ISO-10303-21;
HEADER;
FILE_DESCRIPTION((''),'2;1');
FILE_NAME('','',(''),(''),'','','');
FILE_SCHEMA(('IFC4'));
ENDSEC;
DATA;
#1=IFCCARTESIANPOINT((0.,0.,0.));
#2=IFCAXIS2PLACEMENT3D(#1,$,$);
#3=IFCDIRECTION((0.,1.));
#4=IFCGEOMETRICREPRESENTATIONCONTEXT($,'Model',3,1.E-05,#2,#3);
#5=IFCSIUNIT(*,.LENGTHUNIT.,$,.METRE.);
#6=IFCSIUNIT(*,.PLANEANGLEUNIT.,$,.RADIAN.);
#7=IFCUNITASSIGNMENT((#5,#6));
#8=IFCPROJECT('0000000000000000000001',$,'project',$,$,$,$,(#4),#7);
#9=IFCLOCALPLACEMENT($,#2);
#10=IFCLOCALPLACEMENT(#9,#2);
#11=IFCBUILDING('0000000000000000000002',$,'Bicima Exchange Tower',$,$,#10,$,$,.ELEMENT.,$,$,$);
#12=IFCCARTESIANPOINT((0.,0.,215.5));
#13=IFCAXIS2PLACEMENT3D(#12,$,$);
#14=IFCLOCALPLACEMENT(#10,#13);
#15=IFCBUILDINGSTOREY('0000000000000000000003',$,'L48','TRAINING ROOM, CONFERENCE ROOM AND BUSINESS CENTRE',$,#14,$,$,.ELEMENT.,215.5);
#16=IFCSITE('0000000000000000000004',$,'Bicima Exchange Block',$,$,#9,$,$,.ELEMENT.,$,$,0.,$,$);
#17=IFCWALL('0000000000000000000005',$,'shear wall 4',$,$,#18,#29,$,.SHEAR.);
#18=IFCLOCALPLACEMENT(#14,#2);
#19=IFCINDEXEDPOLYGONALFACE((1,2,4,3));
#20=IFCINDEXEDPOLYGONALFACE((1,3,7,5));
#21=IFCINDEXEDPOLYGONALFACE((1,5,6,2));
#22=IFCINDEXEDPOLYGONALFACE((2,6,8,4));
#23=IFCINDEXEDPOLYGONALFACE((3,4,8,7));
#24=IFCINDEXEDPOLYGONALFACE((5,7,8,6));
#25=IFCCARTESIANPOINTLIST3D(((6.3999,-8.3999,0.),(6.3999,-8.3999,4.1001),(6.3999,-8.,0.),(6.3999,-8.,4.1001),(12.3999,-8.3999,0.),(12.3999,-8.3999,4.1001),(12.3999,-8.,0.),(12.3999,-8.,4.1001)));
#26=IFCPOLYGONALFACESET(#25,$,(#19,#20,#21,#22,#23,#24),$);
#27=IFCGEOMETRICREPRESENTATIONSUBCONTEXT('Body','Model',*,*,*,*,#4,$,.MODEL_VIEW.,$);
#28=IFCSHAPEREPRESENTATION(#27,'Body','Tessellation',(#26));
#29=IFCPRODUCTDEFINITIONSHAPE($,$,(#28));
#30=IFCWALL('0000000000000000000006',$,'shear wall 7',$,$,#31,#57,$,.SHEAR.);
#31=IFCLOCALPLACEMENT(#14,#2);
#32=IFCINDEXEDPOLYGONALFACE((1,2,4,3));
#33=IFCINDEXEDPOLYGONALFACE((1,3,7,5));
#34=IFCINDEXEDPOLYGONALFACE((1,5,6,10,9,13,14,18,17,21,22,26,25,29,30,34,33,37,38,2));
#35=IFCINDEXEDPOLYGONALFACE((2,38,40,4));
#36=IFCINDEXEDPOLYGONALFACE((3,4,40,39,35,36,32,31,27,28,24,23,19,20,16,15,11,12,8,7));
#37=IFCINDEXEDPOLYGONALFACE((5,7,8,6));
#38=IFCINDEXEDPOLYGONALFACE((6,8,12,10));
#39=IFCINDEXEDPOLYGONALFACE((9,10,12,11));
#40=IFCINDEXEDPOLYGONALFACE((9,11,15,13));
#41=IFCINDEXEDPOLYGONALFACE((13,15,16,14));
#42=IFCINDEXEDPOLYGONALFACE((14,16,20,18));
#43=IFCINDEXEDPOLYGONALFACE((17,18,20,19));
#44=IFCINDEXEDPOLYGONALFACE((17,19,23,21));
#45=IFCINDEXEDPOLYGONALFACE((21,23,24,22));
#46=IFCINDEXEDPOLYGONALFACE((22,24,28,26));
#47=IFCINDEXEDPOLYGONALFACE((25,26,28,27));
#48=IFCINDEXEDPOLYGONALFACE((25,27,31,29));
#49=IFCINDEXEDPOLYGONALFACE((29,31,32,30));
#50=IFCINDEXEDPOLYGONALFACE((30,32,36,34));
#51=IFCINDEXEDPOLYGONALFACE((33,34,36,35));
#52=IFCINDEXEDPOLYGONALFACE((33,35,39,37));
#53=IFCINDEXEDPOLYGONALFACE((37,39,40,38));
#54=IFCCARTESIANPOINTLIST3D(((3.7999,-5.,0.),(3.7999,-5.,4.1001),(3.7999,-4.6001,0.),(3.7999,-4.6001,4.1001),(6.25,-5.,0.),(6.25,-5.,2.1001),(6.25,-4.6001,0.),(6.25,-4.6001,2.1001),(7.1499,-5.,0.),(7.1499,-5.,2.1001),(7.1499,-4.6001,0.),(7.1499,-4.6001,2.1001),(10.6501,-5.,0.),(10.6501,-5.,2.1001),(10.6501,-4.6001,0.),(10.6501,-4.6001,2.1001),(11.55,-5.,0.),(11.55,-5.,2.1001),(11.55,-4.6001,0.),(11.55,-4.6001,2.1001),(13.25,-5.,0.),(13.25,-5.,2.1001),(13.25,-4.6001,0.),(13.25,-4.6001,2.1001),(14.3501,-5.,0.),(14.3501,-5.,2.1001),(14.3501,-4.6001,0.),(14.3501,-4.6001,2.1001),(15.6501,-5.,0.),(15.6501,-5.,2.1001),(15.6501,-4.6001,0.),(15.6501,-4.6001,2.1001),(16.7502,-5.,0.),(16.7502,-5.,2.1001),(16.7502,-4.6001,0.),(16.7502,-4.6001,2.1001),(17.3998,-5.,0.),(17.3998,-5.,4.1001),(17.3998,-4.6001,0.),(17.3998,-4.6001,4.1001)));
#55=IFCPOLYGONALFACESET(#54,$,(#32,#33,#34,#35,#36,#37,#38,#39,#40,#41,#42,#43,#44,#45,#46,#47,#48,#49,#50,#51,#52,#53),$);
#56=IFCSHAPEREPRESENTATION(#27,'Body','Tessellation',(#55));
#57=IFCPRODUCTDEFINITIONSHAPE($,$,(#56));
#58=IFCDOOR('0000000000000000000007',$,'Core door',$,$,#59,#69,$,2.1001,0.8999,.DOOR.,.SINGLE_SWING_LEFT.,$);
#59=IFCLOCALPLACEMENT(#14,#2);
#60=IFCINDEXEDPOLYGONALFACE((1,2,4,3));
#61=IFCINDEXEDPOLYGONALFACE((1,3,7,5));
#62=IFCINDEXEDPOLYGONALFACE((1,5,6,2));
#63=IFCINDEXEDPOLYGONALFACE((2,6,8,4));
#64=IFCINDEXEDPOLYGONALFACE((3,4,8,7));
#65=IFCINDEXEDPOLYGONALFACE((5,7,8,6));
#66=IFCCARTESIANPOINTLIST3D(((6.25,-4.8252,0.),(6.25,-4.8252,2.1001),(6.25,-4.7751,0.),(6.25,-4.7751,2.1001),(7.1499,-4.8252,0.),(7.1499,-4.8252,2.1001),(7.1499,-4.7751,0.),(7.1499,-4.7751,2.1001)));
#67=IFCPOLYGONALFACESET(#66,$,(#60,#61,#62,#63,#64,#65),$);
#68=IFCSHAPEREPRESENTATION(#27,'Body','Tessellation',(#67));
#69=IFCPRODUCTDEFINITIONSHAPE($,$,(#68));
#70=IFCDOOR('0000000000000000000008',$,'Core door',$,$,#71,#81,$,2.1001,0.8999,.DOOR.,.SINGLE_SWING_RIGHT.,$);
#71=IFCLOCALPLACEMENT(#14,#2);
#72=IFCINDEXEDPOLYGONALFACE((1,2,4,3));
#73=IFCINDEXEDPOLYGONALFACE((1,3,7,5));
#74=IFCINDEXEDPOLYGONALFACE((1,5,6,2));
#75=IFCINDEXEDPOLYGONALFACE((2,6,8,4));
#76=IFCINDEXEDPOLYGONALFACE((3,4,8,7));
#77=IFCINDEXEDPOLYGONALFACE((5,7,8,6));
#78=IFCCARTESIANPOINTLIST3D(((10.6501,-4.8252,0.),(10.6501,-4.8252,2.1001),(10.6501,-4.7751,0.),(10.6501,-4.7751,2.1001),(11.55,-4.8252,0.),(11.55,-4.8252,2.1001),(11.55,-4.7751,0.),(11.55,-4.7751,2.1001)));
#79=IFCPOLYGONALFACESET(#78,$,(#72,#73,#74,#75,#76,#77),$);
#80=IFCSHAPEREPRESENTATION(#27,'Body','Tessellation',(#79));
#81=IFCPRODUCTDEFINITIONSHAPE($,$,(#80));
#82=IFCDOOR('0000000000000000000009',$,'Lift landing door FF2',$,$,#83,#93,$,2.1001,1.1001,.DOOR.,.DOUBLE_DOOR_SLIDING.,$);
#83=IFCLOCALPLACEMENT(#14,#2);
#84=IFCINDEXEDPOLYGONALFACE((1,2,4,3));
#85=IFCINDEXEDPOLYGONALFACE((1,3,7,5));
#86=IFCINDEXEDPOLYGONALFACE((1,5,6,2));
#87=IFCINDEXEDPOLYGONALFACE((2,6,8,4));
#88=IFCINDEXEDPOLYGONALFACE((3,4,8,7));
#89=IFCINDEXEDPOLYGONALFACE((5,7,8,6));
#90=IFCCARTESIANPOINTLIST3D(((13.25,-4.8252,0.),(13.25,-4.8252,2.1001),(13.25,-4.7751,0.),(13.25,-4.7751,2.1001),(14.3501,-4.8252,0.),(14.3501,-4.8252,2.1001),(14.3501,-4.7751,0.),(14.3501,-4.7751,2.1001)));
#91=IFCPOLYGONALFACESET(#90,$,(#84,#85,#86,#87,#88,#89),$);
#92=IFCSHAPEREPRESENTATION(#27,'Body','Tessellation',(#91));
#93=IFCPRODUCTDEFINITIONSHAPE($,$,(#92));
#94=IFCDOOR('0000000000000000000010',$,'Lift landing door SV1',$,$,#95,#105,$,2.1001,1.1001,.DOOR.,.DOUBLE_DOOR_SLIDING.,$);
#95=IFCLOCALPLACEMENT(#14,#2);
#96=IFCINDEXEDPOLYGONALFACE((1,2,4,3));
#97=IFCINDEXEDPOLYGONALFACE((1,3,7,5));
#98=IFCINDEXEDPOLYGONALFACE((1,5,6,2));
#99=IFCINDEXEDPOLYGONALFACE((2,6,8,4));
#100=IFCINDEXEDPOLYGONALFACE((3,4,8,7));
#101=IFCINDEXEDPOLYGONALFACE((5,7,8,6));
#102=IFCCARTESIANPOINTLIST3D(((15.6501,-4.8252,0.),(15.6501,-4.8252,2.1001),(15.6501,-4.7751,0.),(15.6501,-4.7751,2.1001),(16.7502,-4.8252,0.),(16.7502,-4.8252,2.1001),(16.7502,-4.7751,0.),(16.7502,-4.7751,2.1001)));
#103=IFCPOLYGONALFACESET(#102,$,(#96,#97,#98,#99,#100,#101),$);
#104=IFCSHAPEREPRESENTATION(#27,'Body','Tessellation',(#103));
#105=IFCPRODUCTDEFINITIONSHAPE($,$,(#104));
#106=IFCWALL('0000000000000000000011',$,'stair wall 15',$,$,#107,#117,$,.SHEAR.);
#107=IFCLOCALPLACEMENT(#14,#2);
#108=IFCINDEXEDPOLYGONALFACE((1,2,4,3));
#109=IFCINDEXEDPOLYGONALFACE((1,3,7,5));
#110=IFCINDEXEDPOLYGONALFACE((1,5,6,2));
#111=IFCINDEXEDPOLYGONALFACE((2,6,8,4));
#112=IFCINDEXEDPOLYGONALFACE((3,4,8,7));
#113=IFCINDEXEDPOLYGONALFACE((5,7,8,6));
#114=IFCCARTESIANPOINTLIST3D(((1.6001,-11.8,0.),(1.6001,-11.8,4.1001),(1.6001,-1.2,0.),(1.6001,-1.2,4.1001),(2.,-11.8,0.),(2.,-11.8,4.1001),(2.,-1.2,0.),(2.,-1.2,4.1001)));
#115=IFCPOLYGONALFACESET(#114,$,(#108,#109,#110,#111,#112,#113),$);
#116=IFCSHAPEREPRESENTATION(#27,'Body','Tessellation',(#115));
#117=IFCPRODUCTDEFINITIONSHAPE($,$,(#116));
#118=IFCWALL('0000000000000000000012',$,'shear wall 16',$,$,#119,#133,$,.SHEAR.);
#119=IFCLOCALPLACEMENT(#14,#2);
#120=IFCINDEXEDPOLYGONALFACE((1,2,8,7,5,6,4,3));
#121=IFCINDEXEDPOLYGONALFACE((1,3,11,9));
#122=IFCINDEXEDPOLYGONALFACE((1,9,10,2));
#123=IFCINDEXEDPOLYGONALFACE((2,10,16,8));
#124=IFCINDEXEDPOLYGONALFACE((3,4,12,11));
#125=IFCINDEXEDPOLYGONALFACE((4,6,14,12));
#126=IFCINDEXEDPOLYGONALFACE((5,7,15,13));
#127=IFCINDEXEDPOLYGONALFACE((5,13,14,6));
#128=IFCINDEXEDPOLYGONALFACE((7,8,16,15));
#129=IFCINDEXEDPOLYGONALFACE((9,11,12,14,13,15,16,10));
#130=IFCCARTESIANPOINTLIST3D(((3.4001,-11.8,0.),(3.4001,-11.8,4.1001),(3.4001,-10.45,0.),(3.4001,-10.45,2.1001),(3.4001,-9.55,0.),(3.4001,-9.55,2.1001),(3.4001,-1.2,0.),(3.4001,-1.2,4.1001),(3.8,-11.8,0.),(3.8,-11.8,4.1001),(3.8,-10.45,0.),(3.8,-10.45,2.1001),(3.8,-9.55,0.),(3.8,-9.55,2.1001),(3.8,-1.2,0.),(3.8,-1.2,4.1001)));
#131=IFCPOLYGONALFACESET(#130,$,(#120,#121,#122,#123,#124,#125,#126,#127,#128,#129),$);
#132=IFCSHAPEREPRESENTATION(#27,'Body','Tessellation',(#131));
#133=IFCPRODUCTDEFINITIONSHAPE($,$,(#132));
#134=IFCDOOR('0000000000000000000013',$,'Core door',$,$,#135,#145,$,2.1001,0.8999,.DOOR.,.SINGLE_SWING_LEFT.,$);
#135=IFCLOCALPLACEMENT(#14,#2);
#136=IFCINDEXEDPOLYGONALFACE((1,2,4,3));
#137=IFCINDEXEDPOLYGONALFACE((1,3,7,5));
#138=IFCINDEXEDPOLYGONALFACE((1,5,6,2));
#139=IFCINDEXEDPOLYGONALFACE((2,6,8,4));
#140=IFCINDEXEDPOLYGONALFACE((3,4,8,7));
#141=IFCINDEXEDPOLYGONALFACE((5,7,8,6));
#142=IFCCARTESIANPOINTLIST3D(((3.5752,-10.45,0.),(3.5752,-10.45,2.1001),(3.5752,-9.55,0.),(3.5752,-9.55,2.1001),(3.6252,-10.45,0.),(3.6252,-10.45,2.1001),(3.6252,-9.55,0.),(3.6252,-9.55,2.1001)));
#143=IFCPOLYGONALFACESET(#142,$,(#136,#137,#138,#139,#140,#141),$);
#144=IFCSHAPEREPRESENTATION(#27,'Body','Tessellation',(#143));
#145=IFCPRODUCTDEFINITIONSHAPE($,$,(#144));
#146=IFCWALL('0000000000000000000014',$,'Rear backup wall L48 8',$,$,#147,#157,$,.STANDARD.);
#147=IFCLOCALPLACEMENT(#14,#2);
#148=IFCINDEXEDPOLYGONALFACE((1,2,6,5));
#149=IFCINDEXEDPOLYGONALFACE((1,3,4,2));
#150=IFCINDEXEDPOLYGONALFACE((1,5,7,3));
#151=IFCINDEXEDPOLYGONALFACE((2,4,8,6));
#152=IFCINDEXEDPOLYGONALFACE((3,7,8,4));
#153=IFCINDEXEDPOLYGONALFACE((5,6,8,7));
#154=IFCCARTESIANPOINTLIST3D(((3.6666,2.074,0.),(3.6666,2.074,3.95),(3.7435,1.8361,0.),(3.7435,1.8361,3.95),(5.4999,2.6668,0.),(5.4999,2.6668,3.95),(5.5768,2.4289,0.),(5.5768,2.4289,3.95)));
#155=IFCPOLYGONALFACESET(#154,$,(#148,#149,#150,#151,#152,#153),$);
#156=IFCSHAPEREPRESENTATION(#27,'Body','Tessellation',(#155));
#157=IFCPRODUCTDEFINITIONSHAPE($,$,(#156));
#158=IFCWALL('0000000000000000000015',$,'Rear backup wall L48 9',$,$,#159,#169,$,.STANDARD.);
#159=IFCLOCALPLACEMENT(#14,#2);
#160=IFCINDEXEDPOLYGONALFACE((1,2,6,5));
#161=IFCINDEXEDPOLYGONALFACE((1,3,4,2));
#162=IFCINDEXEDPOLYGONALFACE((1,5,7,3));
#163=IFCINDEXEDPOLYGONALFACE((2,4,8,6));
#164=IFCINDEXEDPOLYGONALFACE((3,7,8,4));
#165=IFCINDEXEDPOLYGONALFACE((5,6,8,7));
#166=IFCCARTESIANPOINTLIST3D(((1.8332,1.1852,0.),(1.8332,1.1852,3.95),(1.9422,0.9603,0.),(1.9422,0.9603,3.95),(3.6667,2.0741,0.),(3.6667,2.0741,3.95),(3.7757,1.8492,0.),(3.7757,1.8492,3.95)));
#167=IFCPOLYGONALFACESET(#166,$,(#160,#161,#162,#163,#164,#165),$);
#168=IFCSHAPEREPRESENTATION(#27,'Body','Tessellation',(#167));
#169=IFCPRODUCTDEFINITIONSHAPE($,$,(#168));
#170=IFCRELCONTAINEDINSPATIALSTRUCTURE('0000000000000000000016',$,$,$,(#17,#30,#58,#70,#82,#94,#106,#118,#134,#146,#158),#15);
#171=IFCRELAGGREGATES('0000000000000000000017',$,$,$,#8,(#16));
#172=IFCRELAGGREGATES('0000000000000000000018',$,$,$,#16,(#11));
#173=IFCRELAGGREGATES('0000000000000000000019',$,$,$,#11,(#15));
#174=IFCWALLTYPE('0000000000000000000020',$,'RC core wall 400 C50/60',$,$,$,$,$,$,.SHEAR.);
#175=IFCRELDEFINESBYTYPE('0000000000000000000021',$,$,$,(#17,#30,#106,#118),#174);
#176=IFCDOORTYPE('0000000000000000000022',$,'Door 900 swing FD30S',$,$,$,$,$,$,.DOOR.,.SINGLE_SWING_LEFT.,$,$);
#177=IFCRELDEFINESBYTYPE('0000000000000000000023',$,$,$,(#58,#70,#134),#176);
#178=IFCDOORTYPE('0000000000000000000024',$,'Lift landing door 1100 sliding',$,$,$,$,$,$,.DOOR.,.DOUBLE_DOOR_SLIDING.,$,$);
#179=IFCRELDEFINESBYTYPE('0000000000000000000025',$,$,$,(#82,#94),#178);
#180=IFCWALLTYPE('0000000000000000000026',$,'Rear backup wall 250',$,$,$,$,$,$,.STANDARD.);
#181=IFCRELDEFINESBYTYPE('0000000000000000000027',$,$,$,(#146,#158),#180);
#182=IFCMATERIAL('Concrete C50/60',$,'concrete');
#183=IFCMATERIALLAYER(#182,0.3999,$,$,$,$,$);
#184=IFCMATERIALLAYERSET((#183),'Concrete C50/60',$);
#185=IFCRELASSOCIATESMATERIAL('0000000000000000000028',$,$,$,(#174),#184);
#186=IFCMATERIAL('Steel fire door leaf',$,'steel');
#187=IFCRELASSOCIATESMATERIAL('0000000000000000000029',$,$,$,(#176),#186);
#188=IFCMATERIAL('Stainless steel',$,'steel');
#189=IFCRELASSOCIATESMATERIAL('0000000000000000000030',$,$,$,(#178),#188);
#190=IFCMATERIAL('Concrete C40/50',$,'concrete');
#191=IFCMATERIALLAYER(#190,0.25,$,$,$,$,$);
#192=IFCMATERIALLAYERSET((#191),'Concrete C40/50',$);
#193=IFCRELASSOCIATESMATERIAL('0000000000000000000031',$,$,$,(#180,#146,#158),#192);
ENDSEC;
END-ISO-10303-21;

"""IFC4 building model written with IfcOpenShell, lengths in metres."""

from ifc_helpers import new_model, si_unit, direction, frame, frame_2d, origin, place, context, subcontext, project, spatial, rectangle, extrude, material, layer, layer_set, layer_usage, type_object, element, fill, save


model = new_model("IFC4")

# Units and contexts
model_context = context("Model", 3, precision=1e-05, world=origin(), true_north=direction((0.0, 1.0)))
body_context = subcontext(model_context, "Body", "Model", "MODEL_VIEW")
ifc_project = project(units=[si_unit("LENGTHUNIT", "METRE"), si_unit("PLANEANGLEUNIT", "RADIAN")], contexts=[model_context])

# Site, building, storey
site_placement = place(None, origin())
site = spatial("IfcSite", under=ifc_project, at=site_placement, Name="Bicima Exchange Block", CompositionType="ELEMENT", RefElevation=0.0)
building_placement = place(site_placement, origin())
building = spatial("IfcBuilding", under=site, at=building_placement, Name="Bicima Exchange Tower", CompositionType="ELEMENT")
storey_placement = place(building_placement, frame((0.0, 0.0, 215.5)))
storey = spatial("IfcBuildingStorey", under=building, at=storey_placement, Name="L48", Description="TRAINING ROOM, CONFERENCE ROOM AND BUSINESS CENTRE", CompositionType="ELEMENT", Elevation=215.5)

# Shared definitions
ifc_material_1 = material(Name="Concrete C40/50", Category="concrete")

# Shared definitions
ifc_material_2 = material(Name="Concrete C50/60", Category="concrete")

# Wall
ifc_layer_1 = layer(ifc_material_2, 0.3999)
ifc_layer_set_1 = layer_set([ifc_layer_1], Name="Concrete C50/60")
wall_type_1 = type_object("IfcWallType", Name="RC core wall 400 C50/60", PredefinedType="SHEAR", material=ifc_layer_set_1)
wall_1_placement = place(storey_placement, frame((6.3999, -8.2, 0.0), z_axis=(0.0, 0.0, 1.0), x_axis=(1.0, 0.0, 0.0)))
element("IfcWall", 1, at=wall_1_placement, inside=storey, type_object=wall_type_1, Name="shear wall 4", PredefinedType="SHEAR", context=body_context, shape_type="SweptSolid", body=[
    extrude(rectangle(XDim=6.0, YDim=0.3999, at=frame_2d((3.0, 0.0))), origin(), (0.0, 0.0, 1.0), 4.1001),
])

# Wall, openings, doors
wall_2_placement = place(storey_placement, frame((3.8, -4.8, 0.0), z_axis=(0.0, 0.0, 1.0), x_axis=(1.0, 0.0, 0.0)))
wall_2 = element("IfcWall", 2, at=wall_2_placement, inside=storey, type_object=wall_type_1, Name="shear wall 7", PredefinedType="SHEAR", context=body_context, shape_type="SweptSolid", body=[
    extrude(rectangle(XDim=13.5999, YDim=0.3999, at=frame_2d((6.7998, 0.0))), origin(), (0.0, 0.0, 1.0), 4.1001),
])
opening_1_placement = place(wall_2_placement, frame((9.45, 0.0, 0.0)))
opening_1 = element("IfcOpeningElement", 3, at=opening_1_placement, cuts=wall_2, PredefinedType="OPENING", context=body_context, shape_type="SweptSolid", body=[
    extrude(rectangle(XDim=1.1001, YDim=2.1001, at=frame_2d((0.55, 1.05))), frame((0.0, 0.2119, 0.0), z_axis=(0.0, -1.0, 0.0), x_axis=(1.0, 0.0, 0.0)), (0.0, 0.0, 1.0), 0.4238),
])
opening_2_placement = place(wall_2_placement, frame((11.8501, 0.0, 0.0)))
opening_2 = element("IfcOpeningElement", 4, at=opening_2_placement, cuts=wall_2, PredefinedType="OPENING", context=body_context, shape_type="SweptSolid", body=[
    extrude(rectangle(XDim=1.1001, YDim=2.1001, at=frame_2d((0.55, 1.05))), frame((0.0, 0.2119, 0.0), z_axis=(0.0, -1.0, 0.0), x_axis=(1.0, 0.0, 0.0)), (0.0, 0.0, 1.0), 0.4238),
])
opening_3_placement = place(wall_2_placement, frame((2.45, 0.0, 0.0)))
opening_3 = element("IfcOpeningElement", 5, at=opening_3_placement, cuts=wall_2, PredefinedType="OPENING", context=body_context, shape_type="SweptSolid", body=[
    extrude(rectangle(XDim=0.8999, YDim=2.1001, at=frame_2d((0.45, 1.05))), frame((0.0, 0.2119, 0.0), z_axis=(0.0, -1.0, 0.0), x_axis=(1.0, 0.0, 0.0)), (0.0, 0.0, 1.0), 0.4238),
])
opening_4_placement = place(wall_2_placement, frame((6.8501, 0.0, 0.0)))
opening_4 = element("IfcOpeningElement", 6, at=opening_4_placement, cuts=wall_2, PredefinedType="OPENING", context=body_context, shape_type="SweptSolid", body=[
    extrude(rectangle(XDim=0.8999, YDim=2.1001, at=frame_2d((0.45, 1.05))), frame((0.0, 0.2119, 0.0), z_axis=(0.0, -1.0, 0.0), x_axis=(1.0, 0.0, 0.0)), (0.0, 0.0, 1.0), 0.4238),
])
ifc_material_3 = material(Name="Steel fire door leaf", Category="steel")
door_type_1 = type_object("IfcDoorType", Name="Door 900 swing FD30S", OperationType="SINGLE_SWING_LEFT", PredefinedType="DOOR", material=ifc_material_3)
door_1_placement = place(opening_3_placement, origin())
door_1 = element("IfcDoor", 7, at=door_1_placement, inside=storey, type_object=door_type_1, Name="Core door", OperationType="SINGLE_SWING_LEFT", OverallHeight=2.1001, OverallWidth=0.8999, PredefinedType="DOOR", context=body_context, shape_type="SweptSolid", body=[
    extrude(rectangle(XDim=0.8999, YDim=2.1001, at=frame_2d((0.45, 1.05))), frame((0.0, 0.0249, 0.0), z_axis=(0.0, -1.0, 0.0), x_axis=(1.0, 0.0, 0.0)), (0.0, 0.0, 1.0), 0.05),
])
fill(opening_3, door_1)
door_2_placement = place(opening_4_placement, origin())
door_2 = element("IfcDoor", 8, at=door_2_placement, inside=storey, type_object=door_type_1, Name="Core door", OperationType="SINGLE_SWING_RIGHT", OverallHeight=2.1001, OverallWidth=0.8999, PredefinedType="DOOR", context=body_context, shape_type="SweptSolid", body=[
    extrude(rectangle(XDim=0.8999, YDim=2.1001, at=frame_2d((0.45, 1.05))), frame((0.0, 0.0249, 0.0), z_axis=(0.0, -1.0, 0.0), x_axis=(1.0, 0.0, 0.0)), (0.0, 0.0, 1.0), 0.05),
])
fill(opening_4, door_2)
ifc_material_4 = material(Name="Stainless steel", Category="steel")
door_type_2 = type_object("IfcDoorType", Name="Lift landing door 1100 sliding", OperationType="DOUBLE_DOOR_SLIDING", PredefinedType="DOOR", material=ifc_material_4)
door_3_placement = place(opening_1_placement, origin())
door_3 = element("IfcDoor", 9, at=door_3_placement, inside=storey, type_object=door_type_2, Name="Lift landing door FF2", OperationType="DOUBLE_DOOR_SLIDING", OverallHeight=2.1001, OverallWidth=1.1001, PredefinedType="DOOR", context=body_context, shape_type="SweptSolid", body=[
    extrude(rectangle(XDim=1.1001, YDim=2.1001, at=frame_2d((0.55, 1.05))), frame((0.0, 0.0249, 0.0), z_axis=(0.0, -1.0, 0.0), x_axis=(1.0, 0.0, 0.0)), (0.0, 0.0, 1.0), 0.05),
])
fill(opening_1, door_3)
door_4_placement = place(opening_2_placement, origin())
door_4 = element("IfcDoor", 10, at=door_4_placement, inside=storey, type_object=door_type_2, Name="Lift landing door SV1", OperationType="DOUBLE_DOOR_SLIDING", OverallHeight=2.1001, OverallWidth=1.1001, PredefinedType="DOOR", context=body_context, shape_type="SweptSolid", body=[
    extrude(rectangle(XDim=1.1001, YDim=2.1001, at=frame_2d((0.55, 1.05))), frame((0.0, 0.0249, 0.0), z_axis=(0.0, -1.0, 0.0), x_axis=(1.0, 0.0, 0.0)), (0.0, 0.0, 1.0), 0.05),
])
fill(opening_2, door_4)

# Wall
wall_3_placement = place(storey_placement, frame((1.8, -11.8, 0.0), z_axis=(0.0, 0.0, 1.0), x_axis=(0.0, 1.0, 0.0)))
element("IfcWall", 11, at=wall_3_placement, inside=storey, type_object=wall_type_1, Name="stair wall 15", PredefinedType="SHEAR", context=body_context, shape_type="SweptSolid", body=[
    extrude(rectangle(XDim=10.6001, YDim=0.3999, at=frame_2d((5.3, 0.0))), origin(), (0.0, 0.0, 1.0), 4.1001),
])

# Wall, opening, door
wall_4_placement = place(storey_placement, frame((3.6001, -11.8, 0.0), z_axis=(0.0, 0.0, 1.0), x_axis=(0.0, 1.0, 0.0)))
wall_4 = element("IfcWall", 12, at=wall_4_placement, inside=storey, type_object=wall_type_1, Name="shear wall 16", PredefinedType="SHEAR", context=body_context, shape_type="SweptSolid", body=[
    extrude(rectangle(XDim=10.6001, YDim=0.3999, at=frame_2d((5.3, 0.0))), origin(), (0.0, 0.0, 1.0), 4.1001),
])
opening_5_placement = place(wall_4_placement, frame((1.3501, 0.0, 0.0)))
opening_5 = element("IfcOpeningElement", 13, at=opening_5_placement, cuts=wall_4, PredefinedType="OPENING", context=body_context, shape_type="SweptSolid", body=[
    extrude(rectangle(XDim=0.8999, YDim=2.1001, at=frame_2d((0.45, 1.05))), frame((0.0, 0.2119, 0.0), z_axis=(0.0, -1.0, 0.0), x_axis=(1.0, 0.0, 0.0)), (0.0, 0.0, 1.0), 0.4238),
])
door_5_placement = place(opening_5_placement, origin())
door_5 = element("IfcDoor", 14, at=door_5_placement, inside=storey, type_object=door_type_1, Name="Core door", OperationType="SINGLE_SWING_LEFT", OverallHeight=2.1001, OverallWidth=0.8999, PredefinedType="DOOR", context=body_context, shape_type="SweptSolid", body=[
    extrude(rectangle(XDim=0.8999, YDim=2.1001, at=frame_2d((0.45, 1.05))), frame((0.0, 0.0249, 0.0), z_axis=(0.0, -1.0, 0.0), x_axis=(1.0, 0.0, 0.0)), (0.0, 0.0, 1.0), 0.05),
])
fill(opening_5, door_5)

# Walls
ifc_layer_2 = layer(ifc_material_1, 0.25)
ifc_layer_set_2 = layer_set([ifc_layer_2], Name="Concrete C40/50")
ifc_layer_usage = layer_usage(ifc_layer_set_2, "AXIS2", "POSITIVE", -0.125)
wall_type_2 = type_object("IfcWallType", Name="Rear backup wall 250", PredefinedType="STANDARD", material=ifc_layer_set_2)
wall_5_placement = place(storey_placement, frame((5.5383, 2.5479, 0.0), z_axis=(0.0, 0.0, 1.0), x_axis=(-0.951496, -0.307662, 0.0)))
element("IfcWall", 15, at=wall_5_placement, inside=storey, type_object=wall_type_2, material=ifc_layer_usage, Name="Rear backup wall L48 8", PredefinedType="STANDARD", context=body_context, shape_type="SweptSolid", body=[
    extrude(rectangle(XDim=1.9268, YDim=0.25, at=frame_2d((0.9634, 0.0))), origin(), (0.0, 0.0, 1.0), 3.95),
])
wall_6_placement = place(storey_placement, frame((3.7212, 1.9617, 0.0), z_axis=(0.0, 0.0, 1.0), x_axis=(-0.899824, -0.436253, 0.0)))
element("IfcWall", 16, at=wall_6_placement, inside=storey, type_object=wall_type_2, material=ifc_layer_usage, Name="Rear backup wall L48 9", PredefinedType="STANDARD", context=body_context, shape_type="SweptSolid", body=[
    extrude(rectangle(XDim=2.0376, YDim=0.25, at=frame_2d((1.0188, 0.0))), origin(), (0.0, 0.0, 1.0), 3.95),
])

save(model, "model.ifc")
